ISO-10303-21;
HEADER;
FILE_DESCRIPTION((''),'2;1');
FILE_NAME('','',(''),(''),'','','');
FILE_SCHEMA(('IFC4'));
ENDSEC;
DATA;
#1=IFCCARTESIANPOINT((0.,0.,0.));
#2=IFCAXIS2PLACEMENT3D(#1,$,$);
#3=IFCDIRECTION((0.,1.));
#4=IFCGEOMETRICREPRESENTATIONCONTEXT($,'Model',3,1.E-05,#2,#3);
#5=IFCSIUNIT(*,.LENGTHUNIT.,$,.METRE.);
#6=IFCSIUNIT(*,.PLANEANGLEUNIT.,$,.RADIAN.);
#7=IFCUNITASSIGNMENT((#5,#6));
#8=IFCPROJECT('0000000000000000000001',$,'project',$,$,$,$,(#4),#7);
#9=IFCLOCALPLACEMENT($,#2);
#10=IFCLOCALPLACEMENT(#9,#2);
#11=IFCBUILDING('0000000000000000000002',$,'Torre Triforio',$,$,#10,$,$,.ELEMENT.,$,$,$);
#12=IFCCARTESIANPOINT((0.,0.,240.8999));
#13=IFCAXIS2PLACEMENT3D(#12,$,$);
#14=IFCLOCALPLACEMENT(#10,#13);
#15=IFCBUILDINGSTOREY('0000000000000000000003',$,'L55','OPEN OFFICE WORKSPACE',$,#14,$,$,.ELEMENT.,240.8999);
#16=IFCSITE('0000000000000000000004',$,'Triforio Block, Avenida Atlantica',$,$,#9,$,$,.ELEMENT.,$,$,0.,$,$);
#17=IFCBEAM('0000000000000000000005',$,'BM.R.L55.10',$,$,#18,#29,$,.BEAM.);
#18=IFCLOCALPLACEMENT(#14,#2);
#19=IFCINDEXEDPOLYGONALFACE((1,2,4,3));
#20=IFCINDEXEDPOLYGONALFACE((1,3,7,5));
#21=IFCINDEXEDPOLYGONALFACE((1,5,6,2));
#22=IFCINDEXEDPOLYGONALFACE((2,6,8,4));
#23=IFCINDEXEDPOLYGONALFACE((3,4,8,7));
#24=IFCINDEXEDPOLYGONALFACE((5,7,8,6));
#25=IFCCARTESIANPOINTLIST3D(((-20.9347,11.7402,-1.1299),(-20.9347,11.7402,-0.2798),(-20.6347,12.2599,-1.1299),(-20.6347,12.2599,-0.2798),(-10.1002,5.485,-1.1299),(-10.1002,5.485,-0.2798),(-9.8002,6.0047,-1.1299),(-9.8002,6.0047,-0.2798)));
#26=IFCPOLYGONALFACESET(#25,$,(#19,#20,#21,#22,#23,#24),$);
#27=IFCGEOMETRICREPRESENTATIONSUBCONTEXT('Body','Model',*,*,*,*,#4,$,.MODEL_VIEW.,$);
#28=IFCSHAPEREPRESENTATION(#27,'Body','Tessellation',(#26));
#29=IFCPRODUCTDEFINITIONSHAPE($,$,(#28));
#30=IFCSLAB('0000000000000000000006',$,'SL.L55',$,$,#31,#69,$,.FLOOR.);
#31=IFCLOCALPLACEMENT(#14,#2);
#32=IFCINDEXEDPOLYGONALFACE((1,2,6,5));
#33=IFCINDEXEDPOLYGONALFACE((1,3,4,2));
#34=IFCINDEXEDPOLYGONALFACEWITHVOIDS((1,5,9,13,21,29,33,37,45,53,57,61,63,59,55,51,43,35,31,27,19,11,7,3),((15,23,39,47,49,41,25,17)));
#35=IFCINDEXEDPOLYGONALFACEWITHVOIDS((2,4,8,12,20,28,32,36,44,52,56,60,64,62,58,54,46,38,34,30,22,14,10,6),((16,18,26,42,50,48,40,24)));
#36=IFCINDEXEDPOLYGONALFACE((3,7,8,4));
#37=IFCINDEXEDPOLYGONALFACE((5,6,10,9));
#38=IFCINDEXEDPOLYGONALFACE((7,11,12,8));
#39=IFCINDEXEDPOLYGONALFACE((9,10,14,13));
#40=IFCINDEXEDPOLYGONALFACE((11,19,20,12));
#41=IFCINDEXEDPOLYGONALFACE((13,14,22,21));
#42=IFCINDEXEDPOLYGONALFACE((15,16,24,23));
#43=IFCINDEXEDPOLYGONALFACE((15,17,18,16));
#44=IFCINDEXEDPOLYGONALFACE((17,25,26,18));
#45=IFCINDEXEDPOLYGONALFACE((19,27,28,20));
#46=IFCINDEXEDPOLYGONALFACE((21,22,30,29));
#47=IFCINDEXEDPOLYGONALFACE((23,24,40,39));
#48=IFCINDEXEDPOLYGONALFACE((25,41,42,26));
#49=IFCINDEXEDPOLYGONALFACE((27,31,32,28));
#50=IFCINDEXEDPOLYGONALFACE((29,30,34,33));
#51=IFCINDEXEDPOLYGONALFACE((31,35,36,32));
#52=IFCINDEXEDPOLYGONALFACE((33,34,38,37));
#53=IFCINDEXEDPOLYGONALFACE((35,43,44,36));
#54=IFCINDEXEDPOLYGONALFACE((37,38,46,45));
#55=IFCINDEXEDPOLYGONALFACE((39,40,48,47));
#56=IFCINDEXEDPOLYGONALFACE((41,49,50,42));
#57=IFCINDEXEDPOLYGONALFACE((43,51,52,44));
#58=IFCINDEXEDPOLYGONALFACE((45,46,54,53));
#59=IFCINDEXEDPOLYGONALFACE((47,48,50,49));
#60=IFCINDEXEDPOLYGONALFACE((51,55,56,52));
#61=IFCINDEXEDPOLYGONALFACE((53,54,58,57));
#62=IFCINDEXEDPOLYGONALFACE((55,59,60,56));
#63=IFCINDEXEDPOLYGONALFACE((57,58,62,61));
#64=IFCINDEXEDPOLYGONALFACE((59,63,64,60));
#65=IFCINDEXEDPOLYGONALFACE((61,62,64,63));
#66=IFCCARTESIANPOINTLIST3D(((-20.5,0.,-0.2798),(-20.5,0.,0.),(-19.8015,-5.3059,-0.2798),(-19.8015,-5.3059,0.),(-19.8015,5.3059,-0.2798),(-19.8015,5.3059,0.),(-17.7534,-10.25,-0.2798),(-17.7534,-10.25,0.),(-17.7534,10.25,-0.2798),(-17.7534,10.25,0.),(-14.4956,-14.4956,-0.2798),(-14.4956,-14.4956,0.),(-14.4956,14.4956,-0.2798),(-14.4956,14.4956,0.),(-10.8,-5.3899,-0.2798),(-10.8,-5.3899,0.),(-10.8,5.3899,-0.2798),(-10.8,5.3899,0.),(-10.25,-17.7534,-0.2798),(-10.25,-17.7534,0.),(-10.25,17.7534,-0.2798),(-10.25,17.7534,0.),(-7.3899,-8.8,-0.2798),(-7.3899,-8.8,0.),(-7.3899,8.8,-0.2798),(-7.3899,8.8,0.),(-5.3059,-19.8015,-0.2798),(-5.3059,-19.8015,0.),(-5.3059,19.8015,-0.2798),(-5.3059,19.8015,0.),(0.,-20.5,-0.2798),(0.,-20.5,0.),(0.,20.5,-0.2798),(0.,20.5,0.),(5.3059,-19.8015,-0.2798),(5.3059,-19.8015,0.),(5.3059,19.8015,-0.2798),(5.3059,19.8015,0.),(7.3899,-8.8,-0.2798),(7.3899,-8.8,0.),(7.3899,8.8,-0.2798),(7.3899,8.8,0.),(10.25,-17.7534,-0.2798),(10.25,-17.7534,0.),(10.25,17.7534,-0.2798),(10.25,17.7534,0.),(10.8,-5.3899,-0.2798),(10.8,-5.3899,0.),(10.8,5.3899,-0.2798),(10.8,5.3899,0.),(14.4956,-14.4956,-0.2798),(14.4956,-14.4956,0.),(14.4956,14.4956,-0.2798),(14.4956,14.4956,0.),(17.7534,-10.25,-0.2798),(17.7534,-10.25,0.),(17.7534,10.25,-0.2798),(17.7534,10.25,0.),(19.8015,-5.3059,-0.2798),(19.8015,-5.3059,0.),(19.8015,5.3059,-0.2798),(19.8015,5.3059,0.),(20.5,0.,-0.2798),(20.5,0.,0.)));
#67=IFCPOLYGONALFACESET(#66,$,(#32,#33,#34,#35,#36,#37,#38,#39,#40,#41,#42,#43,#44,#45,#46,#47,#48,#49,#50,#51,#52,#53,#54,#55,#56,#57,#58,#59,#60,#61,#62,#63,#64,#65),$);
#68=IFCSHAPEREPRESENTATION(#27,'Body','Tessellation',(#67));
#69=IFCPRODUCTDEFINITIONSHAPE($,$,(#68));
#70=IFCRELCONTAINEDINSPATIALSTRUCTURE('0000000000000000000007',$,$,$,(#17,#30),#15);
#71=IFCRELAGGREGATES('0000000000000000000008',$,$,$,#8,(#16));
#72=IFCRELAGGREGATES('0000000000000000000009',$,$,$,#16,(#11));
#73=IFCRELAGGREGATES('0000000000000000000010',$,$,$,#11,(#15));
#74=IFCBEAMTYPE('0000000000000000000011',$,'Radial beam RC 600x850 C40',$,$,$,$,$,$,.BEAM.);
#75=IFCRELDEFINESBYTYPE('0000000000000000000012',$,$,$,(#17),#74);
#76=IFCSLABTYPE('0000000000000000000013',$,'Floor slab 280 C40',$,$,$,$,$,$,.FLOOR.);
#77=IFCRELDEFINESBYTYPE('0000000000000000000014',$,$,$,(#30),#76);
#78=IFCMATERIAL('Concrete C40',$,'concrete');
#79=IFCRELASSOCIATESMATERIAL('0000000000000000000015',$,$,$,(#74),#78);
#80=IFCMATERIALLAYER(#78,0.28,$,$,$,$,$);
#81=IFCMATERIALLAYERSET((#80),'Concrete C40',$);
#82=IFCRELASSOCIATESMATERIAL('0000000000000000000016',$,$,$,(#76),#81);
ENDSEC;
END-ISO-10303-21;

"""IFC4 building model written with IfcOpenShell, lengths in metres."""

from ifc_helpers import new_model, si_unit, direction, frame, origin, origin_2d, place, context, subcontext, project, spatial, polyline, rectangle, outline, extrude, material, layer, layer_set, material_profile, profile_set, type_object, element, save


model = new_model("IFC4")

# Units and contexts
model_context = context("Model", 3, precision=1e-05, world=origin(), true_north=direction((0.0, 1.0)))
body_context = subcontext(model_context, "Body", "Model", "MODEL_VIEW")
ifc_project = project(units=[si_unit("LENGTHUNIT", "METRE"), si_unit("PLANEANGLEUNIT", "RADIAN")], contexts=[model_context])

# Site, building, storey
site_placement = place(None, origin())
site = spatial("IfcSite", under=ifc_project, at=site_placement, Name="Triforio Block, Avenida Atlantica", CompositionType="ELEMENT", RefElevation=0.0)
building_placement = place(site_placement, origin())
building = spatial("IfcBuilding", under=site, at=building_placement, Name="Torre Triforio", CompositionType="ELEMENT")
storey_placement = place(building_placement, frame((0.0, 0.0, 240.8999)))
storey = spatial("IfcBuildingStorey", under=building, at=storey_placement, Name="L55", Description="OPEN OFFICE WORKSPACE", CompositionType="ELEMENT", Elevation=240.8999)

# Beam
ifc_material_1 = material(Name="Concrete C40", Category="concrete")
ifc_material_profile = material_profile(ifc_material_1, rectangle(XDim=0.6001, YDim=0.8501, at=origin_2d()), Name="RC 600x850")
ifc_profile_set = profile_set([ifc_material_profile], Name="Concrete C40")
beam_type = type_object("IfcBeamType", Name="Radial beam RC 600x850 C40", PredefinedType="BEAM", material=ifc_profile_set)
beam_placement = place(storey_placement, frame((-9.9502, 5.7449, -0.7048), z_axis=(-0.866031, 0.49999, 0.0), x_axis=(-0.49999, -0.866031, 0.0)))
element("IfcBeam", 1, at=beam_placement, inside=storey, type_object=beam_type, Name="BM.R.L55.10", PredefinedType="BEAM", context=body_context, shape_type="SweptSolid", body=[
    extrude(rectangle(XDim=0.6001, YDim=0.8501, at=origin_2d()), origin(), (0.0, 0.0, 1.0), 12.5105),
])

# Slab
ifc_layer_1 = layer(ifc_material_1, 0.28)
ifc_layer_set_1 = layer_set([ifc_layer_1], Name="Concrete C40")
slab_type_1 = type_object("IfcSlabType", Name="Floor slab 280 C40", PredefinedType="FLOOR", material=ifc_layer_set_1)
slab_1_placement = place(storey_placement, frame((0.0, 0.0, -0.2798)))
element("IfcSlab", 2, at=slab_1_placement, inside=storey, type_object=slab_type_1, Name="SL.L55", PredefinedType="FLOOR", context=body_context, shape_type="SweptSolid", body=[
    extrude(outline(polyline([(17.7534, -10.25), (19.8015, -5.3059), (20.5, 0.0), (19.8015, 5.3059), (17.7534, 10.25), (14.4956, 14.4956), (10.25, 17.7534), (5.3059, 19.8015), (0.0, 20.5), (-5.3059, 19.8015), (-10.25, 17.7534), (-14.4956, 14.4956), (-17.7534, 10.25), (-19.8015, 5.3059), (-20.5, 0.0), (-19.8015, -5.3059), (-17.7534, -10.25), (-14.4956, -14.4956), (-10.25, -17.7534), (-5.3059, -19.8015), (0.0, -20.5), (5.3059, -19.8015), (10.25, -17.7534), (14.4956, -14.4956), (17.7534, -10.25)]), holes=[polyline([(10.8, 5.3899), (10.8, -5.3899), (7.3899, -8.8), (-7.3899, -8.8), (-10.8, -5.3899), (-10.8, 5.3899), (-7.3899, 8.8), (7.3899, 8.8), (10.8, 5.3899)])]), origin(), (0.0, 0.0, 1.0), 0.2798),
])

save(model, "model.ifc")
